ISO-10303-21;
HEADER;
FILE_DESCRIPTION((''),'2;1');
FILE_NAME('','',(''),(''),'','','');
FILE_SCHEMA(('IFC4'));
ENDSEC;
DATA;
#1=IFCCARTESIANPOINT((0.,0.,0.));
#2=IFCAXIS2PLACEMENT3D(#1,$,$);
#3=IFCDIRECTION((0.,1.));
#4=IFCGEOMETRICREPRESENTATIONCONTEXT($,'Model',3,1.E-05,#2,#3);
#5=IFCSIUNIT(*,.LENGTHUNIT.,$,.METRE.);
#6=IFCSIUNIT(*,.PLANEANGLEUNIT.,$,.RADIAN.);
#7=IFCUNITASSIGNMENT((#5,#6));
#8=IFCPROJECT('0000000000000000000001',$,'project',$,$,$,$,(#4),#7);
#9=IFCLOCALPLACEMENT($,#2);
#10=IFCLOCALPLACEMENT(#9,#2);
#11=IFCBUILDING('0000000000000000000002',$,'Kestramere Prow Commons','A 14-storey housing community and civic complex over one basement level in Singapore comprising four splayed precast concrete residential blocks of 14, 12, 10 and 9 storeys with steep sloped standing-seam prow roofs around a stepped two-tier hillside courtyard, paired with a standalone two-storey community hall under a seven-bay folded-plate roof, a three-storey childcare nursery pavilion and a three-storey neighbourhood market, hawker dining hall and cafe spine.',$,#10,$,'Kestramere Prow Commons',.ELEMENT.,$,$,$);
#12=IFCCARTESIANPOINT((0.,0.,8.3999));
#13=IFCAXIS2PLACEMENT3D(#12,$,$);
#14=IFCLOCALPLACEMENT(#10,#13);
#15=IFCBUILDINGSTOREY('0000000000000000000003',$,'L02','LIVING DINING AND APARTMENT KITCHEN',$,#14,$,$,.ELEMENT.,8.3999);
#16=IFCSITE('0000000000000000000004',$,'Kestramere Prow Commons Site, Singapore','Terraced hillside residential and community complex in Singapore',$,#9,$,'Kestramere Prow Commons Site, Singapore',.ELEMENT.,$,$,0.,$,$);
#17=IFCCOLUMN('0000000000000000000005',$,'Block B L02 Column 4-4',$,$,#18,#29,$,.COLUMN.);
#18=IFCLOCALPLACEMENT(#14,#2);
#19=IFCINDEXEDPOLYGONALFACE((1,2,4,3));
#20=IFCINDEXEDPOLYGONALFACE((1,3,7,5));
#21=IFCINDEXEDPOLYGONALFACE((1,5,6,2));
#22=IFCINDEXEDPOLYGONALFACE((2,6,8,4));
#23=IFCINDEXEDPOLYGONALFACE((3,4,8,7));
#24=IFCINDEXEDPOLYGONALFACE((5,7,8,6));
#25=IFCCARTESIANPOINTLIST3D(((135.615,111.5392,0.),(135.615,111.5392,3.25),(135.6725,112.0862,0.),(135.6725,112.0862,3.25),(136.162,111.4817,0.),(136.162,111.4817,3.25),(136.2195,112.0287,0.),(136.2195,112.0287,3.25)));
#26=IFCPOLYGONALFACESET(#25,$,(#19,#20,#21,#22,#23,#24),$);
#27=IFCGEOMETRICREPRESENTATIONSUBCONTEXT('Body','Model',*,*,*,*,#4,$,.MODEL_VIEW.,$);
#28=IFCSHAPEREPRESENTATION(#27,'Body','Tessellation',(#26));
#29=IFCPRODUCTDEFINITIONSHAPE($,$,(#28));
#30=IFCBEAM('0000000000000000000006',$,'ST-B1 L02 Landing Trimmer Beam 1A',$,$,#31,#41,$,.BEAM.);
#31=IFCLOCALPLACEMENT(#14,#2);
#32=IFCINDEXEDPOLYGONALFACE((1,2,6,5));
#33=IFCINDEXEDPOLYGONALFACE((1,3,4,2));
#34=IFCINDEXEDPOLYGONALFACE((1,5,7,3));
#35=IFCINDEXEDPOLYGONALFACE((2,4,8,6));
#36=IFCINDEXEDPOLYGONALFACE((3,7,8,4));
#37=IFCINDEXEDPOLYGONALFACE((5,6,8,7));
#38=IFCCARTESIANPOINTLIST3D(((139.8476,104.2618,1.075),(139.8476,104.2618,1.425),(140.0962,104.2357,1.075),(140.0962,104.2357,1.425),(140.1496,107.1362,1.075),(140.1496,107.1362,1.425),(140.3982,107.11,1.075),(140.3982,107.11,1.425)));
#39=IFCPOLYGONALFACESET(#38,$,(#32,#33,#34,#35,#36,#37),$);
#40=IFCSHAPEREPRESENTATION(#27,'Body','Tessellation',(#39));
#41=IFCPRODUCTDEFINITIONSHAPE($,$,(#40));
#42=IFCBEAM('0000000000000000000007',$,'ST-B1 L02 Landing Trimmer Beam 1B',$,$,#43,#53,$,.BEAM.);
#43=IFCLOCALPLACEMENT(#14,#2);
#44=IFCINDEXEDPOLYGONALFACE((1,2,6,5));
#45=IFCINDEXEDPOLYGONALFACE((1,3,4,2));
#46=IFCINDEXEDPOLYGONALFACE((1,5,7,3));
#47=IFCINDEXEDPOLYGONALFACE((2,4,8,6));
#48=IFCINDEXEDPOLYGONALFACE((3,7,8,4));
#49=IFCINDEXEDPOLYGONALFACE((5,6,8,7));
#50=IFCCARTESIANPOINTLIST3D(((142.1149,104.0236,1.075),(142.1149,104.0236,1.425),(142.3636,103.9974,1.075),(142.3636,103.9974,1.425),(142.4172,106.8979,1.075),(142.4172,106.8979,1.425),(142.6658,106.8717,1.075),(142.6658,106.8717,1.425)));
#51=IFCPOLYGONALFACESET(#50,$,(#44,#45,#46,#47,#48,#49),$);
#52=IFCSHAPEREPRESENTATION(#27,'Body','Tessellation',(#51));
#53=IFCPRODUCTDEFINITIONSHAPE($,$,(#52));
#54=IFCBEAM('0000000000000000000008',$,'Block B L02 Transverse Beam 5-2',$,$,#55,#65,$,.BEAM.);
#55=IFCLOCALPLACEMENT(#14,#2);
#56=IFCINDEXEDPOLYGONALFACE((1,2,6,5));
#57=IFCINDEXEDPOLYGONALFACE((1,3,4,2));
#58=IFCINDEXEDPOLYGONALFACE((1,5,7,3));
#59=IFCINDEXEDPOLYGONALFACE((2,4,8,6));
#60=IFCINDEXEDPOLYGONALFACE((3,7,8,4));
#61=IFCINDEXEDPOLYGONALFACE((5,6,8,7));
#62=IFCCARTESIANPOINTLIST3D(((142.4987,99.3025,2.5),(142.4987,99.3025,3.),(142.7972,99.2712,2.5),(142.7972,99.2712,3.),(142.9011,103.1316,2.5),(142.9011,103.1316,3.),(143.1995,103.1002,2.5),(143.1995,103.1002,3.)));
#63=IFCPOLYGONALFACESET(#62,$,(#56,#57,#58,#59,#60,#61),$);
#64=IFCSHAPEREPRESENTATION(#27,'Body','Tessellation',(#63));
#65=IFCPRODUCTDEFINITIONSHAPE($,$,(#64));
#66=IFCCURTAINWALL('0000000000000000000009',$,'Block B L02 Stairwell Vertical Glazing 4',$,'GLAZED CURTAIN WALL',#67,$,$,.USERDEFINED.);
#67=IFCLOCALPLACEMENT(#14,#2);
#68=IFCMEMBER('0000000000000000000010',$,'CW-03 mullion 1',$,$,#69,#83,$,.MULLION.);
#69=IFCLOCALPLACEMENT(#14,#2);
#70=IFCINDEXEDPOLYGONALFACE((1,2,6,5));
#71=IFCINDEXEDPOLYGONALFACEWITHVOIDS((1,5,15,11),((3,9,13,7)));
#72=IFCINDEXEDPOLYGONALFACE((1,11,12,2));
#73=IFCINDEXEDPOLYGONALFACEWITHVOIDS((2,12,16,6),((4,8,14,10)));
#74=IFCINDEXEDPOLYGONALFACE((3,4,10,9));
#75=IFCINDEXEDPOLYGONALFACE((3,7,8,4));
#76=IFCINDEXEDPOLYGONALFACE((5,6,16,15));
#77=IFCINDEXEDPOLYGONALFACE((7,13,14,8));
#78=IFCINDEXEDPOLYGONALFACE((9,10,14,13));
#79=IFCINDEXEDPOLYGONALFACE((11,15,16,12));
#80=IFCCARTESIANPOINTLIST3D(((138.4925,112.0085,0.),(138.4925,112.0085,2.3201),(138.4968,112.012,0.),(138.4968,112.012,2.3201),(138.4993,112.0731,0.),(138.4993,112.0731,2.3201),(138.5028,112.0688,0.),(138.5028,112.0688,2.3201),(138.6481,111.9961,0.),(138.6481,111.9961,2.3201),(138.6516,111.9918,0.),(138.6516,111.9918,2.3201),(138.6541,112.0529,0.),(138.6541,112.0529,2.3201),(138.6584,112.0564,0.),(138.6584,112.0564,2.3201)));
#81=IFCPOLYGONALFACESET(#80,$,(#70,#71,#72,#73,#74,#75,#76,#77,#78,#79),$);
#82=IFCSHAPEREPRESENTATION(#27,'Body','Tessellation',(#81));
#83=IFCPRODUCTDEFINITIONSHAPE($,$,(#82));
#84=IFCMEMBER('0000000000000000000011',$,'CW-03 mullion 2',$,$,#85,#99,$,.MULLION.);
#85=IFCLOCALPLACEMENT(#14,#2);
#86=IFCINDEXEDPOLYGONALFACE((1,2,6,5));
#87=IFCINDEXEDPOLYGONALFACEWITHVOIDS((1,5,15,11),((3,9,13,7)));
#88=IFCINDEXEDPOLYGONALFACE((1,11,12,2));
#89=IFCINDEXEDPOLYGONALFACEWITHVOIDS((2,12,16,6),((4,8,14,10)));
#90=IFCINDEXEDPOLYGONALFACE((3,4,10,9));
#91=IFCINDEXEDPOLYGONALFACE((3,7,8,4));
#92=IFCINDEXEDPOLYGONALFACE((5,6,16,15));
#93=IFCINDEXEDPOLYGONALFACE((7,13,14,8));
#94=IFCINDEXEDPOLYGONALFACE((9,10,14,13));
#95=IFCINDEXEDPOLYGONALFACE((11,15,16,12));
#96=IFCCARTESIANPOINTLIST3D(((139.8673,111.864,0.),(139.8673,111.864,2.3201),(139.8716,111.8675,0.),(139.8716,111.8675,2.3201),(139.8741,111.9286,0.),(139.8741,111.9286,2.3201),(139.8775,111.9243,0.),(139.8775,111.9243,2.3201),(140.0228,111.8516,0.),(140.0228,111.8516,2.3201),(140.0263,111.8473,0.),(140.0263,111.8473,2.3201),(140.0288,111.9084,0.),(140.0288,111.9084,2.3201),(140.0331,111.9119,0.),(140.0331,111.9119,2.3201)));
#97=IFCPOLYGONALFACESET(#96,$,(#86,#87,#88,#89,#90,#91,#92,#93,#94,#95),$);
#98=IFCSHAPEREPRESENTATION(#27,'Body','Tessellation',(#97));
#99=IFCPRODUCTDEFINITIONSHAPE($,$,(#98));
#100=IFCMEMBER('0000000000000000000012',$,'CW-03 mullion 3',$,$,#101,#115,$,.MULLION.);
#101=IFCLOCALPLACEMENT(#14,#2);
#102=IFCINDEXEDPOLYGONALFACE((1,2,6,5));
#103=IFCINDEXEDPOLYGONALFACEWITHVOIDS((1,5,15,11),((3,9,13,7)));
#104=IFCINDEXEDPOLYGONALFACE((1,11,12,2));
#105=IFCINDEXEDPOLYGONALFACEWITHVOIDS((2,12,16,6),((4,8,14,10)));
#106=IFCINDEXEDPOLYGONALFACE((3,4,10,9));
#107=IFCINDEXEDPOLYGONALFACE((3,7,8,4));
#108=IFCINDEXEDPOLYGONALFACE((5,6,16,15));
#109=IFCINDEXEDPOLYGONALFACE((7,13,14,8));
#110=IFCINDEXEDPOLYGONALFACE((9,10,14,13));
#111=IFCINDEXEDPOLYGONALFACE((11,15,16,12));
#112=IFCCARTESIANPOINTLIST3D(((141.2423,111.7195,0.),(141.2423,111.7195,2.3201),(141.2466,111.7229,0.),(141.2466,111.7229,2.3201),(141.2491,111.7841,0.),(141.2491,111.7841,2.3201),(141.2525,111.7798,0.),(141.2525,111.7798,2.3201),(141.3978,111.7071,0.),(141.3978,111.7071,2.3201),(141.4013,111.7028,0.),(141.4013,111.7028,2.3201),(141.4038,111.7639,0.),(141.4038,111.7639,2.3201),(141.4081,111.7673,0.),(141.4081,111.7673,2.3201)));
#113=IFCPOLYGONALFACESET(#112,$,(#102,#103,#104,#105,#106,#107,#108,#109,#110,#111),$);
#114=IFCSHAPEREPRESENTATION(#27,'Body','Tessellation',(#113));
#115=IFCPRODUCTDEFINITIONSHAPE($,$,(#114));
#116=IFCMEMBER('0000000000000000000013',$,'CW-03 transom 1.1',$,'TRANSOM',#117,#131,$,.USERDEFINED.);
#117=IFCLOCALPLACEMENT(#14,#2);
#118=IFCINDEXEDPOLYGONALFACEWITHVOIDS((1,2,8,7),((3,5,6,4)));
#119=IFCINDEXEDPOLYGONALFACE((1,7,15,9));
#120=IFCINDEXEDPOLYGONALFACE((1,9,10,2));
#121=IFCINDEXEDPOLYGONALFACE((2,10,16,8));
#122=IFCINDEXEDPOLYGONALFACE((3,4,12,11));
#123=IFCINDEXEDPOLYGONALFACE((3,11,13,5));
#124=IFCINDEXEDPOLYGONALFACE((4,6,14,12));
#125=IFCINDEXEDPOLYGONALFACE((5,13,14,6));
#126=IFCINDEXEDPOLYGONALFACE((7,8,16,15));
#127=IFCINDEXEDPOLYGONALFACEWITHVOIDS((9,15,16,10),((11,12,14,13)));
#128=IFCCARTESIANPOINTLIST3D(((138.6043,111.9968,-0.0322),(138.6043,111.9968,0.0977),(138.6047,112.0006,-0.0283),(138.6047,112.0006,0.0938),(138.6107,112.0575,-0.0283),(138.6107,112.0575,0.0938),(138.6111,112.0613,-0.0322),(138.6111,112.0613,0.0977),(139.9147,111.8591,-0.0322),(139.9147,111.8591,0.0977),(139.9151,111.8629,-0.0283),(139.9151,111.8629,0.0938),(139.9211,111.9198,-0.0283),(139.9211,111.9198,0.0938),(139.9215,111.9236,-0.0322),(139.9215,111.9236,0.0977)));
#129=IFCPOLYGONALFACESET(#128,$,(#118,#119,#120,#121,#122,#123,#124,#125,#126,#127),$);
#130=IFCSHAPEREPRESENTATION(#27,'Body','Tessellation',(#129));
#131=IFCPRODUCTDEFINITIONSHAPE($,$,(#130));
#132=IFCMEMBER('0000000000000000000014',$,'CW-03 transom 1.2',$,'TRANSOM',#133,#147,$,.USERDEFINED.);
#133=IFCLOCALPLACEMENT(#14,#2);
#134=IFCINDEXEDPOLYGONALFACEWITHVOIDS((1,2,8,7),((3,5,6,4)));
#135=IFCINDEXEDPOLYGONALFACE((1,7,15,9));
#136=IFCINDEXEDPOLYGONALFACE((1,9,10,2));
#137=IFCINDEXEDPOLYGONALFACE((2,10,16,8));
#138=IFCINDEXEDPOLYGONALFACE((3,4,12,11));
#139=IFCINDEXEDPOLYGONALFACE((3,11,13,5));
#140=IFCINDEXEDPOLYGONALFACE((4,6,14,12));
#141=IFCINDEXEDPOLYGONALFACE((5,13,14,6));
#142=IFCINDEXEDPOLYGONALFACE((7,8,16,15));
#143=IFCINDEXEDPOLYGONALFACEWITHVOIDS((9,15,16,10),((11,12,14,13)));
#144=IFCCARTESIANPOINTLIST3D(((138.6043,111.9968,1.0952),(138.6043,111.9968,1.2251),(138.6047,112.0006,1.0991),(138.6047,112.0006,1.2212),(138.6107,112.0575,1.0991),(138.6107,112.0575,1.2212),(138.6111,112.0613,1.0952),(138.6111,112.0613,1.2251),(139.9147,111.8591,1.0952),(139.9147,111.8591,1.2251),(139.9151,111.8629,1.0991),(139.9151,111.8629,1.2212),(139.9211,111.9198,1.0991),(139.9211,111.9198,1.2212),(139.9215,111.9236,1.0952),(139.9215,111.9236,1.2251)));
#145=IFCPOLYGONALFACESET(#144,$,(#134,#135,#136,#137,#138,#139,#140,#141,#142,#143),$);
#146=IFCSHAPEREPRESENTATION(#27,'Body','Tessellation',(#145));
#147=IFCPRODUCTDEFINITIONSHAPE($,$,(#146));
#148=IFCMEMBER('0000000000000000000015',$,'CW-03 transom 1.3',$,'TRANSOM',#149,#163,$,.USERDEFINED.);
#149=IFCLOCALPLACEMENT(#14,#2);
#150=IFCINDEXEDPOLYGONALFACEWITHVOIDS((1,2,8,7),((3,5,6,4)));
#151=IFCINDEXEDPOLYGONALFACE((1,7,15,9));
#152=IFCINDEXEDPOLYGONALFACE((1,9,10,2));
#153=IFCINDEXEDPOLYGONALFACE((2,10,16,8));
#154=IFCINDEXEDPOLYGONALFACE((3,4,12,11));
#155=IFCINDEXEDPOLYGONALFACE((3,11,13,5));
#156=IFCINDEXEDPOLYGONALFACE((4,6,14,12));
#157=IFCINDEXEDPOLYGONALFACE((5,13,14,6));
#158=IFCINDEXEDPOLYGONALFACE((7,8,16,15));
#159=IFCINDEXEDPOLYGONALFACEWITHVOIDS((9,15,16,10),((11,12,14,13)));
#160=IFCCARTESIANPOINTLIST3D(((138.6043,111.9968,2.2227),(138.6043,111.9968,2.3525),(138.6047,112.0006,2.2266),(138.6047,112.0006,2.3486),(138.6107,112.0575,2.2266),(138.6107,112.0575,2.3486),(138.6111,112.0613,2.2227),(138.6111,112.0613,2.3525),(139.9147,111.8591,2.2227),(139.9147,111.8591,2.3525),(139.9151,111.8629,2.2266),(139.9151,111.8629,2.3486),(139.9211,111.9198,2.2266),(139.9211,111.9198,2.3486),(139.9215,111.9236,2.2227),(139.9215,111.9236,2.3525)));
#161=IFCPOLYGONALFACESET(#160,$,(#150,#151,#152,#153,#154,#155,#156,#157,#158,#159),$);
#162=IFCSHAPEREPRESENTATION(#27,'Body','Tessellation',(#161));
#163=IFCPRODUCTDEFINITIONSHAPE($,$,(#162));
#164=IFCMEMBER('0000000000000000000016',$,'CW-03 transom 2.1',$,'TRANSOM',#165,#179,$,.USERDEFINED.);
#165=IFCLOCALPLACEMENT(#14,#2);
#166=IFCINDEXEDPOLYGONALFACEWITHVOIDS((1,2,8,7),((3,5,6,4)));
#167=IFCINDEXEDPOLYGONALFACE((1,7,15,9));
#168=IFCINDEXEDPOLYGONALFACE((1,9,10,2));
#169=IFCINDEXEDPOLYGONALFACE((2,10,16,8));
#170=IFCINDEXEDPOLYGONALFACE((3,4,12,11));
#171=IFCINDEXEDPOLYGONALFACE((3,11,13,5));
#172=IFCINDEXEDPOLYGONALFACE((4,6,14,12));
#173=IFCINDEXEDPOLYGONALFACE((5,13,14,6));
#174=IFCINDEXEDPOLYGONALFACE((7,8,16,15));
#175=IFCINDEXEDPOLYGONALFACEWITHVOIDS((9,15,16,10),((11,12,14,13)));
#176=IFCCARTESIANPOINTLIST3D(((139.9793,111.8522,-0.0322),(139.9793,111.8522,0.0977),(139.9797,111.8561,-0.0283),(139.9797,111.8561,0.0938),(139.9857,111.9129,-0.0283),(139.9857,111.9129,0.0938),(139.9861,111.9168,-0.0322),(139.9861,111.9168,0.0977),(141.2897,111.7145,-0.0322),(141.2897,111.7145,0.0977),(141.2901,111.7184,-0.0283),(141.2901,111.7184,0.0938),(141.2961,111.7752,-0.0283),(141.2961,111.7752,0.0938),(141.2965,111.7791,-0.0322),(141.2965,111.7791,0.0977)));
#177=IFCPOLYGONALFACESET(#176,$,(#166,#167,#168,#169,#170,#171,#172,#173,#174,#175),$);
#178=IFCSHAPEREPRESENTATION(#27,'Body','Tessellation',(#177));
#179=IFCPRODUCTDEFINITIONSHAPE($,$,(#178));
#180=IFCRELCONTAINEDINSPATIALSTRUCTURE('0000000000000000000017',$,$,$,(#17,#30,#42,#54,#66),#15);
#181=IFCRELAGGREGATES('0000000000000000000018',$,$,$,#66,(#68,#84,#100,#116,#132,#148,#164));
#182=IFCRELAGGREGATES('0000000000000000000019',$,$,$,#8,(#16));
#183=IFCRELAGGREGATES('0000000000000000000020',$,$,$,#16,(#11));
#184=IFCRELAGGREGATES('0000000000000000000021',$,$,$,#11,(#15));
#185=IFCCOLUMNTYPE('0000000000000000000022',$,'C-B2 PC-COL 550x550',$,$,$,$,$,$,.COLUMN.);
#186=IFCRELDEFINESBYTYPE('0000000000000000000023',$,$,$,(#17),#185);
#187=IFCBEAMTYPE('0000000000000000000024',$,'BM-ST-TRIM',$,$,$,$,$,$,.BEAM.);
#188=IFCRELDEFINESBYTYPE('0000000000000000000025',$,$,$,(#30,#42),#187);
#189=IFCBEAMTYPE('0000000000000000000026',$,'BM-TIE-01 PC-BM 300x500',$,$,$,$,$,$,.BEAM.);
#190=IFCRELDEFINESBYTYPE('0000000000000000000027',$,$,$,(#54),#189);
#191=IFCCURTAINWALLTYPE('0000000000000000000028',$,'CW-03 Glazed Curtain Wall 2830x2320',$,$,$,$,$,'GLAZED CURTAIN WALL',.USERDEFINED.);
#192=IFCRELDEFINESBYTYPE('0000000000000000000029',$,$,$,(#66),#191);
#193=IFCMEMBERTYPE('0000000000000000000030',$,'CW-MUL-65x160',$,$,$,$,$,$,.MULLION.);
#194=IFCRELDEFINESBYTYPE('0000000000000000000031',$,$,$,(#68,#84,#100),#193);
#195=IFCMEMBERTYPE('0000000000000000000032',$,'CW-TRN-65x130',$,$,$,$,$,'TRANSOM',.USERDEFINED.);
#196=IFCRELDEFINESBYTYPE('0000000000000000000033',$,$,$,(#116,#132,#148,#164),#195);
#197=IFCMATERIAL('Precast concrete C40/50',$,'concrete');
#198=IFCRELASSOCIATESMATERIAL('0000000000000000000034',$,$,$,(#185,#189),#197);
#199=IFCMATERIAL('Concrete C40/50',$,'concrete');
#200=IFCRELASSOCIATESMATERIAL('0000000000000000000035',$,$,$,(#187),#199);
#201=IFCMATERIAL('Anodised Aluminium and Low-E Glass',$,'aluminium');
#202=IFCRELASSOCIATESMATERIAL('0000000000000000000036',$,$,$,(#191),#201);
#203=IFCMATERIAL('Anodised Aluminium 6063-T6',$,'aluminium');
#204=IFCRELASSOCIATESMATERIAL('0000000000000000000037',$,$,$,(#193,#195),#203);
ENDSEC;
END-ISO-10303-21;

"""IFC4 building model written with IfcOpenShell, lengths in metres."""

from ifc_helpers import new_model, si_unit, direction, frame, origin, origin_2d, place, context, subcontext, project, spatial, rectangle, hollow_rectangle, extrude, material, material_profile, profile_set, type_object, element, aggregate, save


model = new_model("IFC4")

# Units and contexts
model_context = context("Model", 3, precision=1e-05, world=origin(), true_north=direction((0.0, 1.0)))
body_context = subcontext(model_context, "Body", "Model", "MODEL_VIEW")
ifc_project = project(units=[si_unit("LENGTHUNIT", "METRE"), si_unit("PLANEANGLEUNIT", "RADIAN")], contexts=[model_context])

# Site, building, storey
site_placement = place(None, origin())
site = spatial("IfcSite", under=ifc_project, at=site_placement, Name="Kestramere Prow Commons Site, Singapore", Description="Terraced hillside residential and community complex in Singapore", LongName="Kestramere Prow Commons Site, Singapore", CompositionType="ELEMENT", RefElevation=0.0)
building_placement = place(site_placement, origin())
building = spatial("IfcBuilding", under=site, at=building_placement, Name="Kestramere Prow Commons", Description="A 14-storey housing community and civic complex over one basement level in Singapore comprising four splayed precast concrete residential blocks of 14, 12, 10 and 9 storeys with steep sloped standing-seam prow roofs around a stepped two-tier hillside courtyard, paired with a standalone two-storey community hall under a seven-bay folded-plate roof, a three-storey childcare nursery pavilion and a three-storey neighbourhood market, hawker dining hall and cafe spine.", LongName="Kestramere Prow Commons", CompositionType="ELEMENT")
storey_placement = place(building_placement, frame((0.0, 0.0, 8.3999)))
storey = spatial("IfcBuildingStorey", under=building, at=storey_placement, Name="L02", Description="LIVING DINING AND APARTMENT KITCHEN", CompositionType="ELEMENT", Elevation=8.3999)

# Column
ifc_material_1 = material(Name="Precast concrete C40/50", Category="concrete")
ifc_material_profile_1 = material_profile(ifc_material_1, rectangle(XDim=0.55, YDim=0.55, at=origin_2d()), Name="PC-COL 550x550")
ifc_profile_set_1 = profile_set([ifc_material_profile_1], Name="Precast concrete C40/50")
column_type = type_object("IfcColumnType", Name="C-B2 PC-COL 550x550", PredefinedType="COLUMN", material=ifc_profile_set_1)
column_placement = place(storey_placement, frame((135.9172, 111.7839, 0.0), z_axis=(0.0, 0.0, 1.0), x_axis=(0.994522, -0.104528, 0.0)))
element("IfcColumn", 1, at=column_placement, inside=storey, type_object=column_type, Name="Block B L02 Column 4-4", PredefinedType="COLUMN", context=body_context, shape_type="SweptSolid", body=[
    extrude(rectangle(XDim=0.55, YDim=0.55, at=origin_2d()), origin(), (0.0, 0.0, 1.0), 3.25),
])

# Beams
ifc_material_2 = material(Name="Concrete C40/50", Category="concrete")
ifc_material_profile_2 = material_profile(ifc_material_2, rectangle(XDim=0.25, YDim=0.3501, at=origin_2d()), Name="PC-BM 250x350")
ifc_profile_set_2 = profile_set([ifc_material_profile_2], Name="Concrete C40/50")
beam_type_1 = type_object("IfcBeamType", Name="BM-ST-TRIM", PredefinedType="BEAM", material=ifc_profile_set_2)
for number, where, z_axis, x_axis, name in (
    (2, (139.9719, 104.2488, 1.25), (0.104496, 0.994525, 0.0), (-0.994525, 0.104496, 0.0), "ST-B1 L02 Landing Trimmer Beam 1A"),
    (3, (142.2393, 104.0105, 1.25), (0.104579, 0.994517, 0.0), (-0.994517, 0.104579, 0.0), "ST-B1 L02 Landing Trimmer Beam 1B"),
):
    element("IfcBeam", number, at=place(storey_placement, frame(where, z_axis=z_axis, x_axis=x_axis)), inside=storey, type_object=beam_type_1, Name=name, PredefinedType="BEAM", context=body_context, shape_type="SweptSolid", body=[
        extrude(rectangle(XDim=0.25, YDim=0.3501, at=origin_2d()), origin(), (0.0, 0.0, 1.0), 2.8901),
    ])
ifc_material_profile_3 = material_profile(ifc_material_1, rectangle(XDim=0.3, YDim=0.5, at=origin_2d()), Name="PC-BM 300x500")
ifc_profile_set_3 = profile_set([ifc_material_profile_3], Name="Precast concrete C40/50")
beam_type_2 = type_object("IfcBeamType", Name="BM-TIE-01 PC-BM 300x500", PredefinedType="BEAM", material=ifc_profile_set_3)
beam_1_placement = place(storey_placement, frame((142.6479, 99.2869, 2.75), z_axis=(0.1045, 0.994525, 0.0), x_axis=(-0.994525, 0.1045, 0.0)))
element("IfcBeam", 4, at=beam_1_placement, inside=storey, type_object=beam_type_2, Name="Block B L02 Transverse Beam 5-2", PredefinedType="BEAM", context=body_context, shape_type="SweptSolid", body=[
    extrude(rectangle(XDim=0.3, YDim=0.5, at=origin_2d()), origin(), (0.0, 0.0, 1.0), 3.8501),
])

# Curtain wall, members
ifc_material_3 = material(Name="Anodised Aluminium and Low-E Glass", Category="aluminium")
curtain_wall_type = type_object("IfcCurtainWallType", Name="CW-03 Glazed Curtain Wall 2830x2320", ElementType="GLAZED CURTAIN WALL", PredefinedType="USERDEFINED", material=ifc_material_3)
curtain_wall_placement = place(storey_placement, origin())
curtain_wall = element("IfcCurtainWall", 5, at=curtain_wall_placement, inside=storey, type_object=curtain_wall_type, Name="Block B L02 Stairwell Vertical Glazing 4", ObjectType="GLAZED CURTAIN WALL", PredefinedType="USERDEFINED")
ifc_material_4 = material(Name="Anodised Aluminium 6063-T6", Category="aluminium")
ifc_material_profile_4 = material_profile(ifc_material_4, hollow_rectangle(XDim=0.0649, YDim=0.1599, WallThickness=0.0039, at=origin_2d()), Name="ALU-MUL 65x160")
ifc_profile_set_4 = profile_set([ifc_material_profile_4], Name="Anodised Aluminium 6063-T6")
member_type_1 = type_object("IfcMemberType", Name="CW-MUL-65x160", PredefinedType="MULLION", material=ifc_profile_set_4)
member_1_placement = place(storey_placement, frame((138.5754, 112.0325, 0.0), z_axis=(0.0, 0.0, 1.0), x_axis=(0.104529, 0.994522, 0.0)))
member_1 = element("IfcMember", 6, at=member_1_placement, type_object=member_type_1, Name="CW-03 mullion 1", PredefinedType="MULLION", context=body_context, shape_type="SweptSolid", body=[
    extrude(hollow_rectangle(XDim=0.0649, YDim=0.1599, WallThickness=0.0039, at=origin_2d()), origin(), (0.0, 0.0, 1.0), 2.3201),
])
member_2_placement = place(storey_placement, frame((139.9502, 111.8879, 0.0), z_axis=(0.0, 0.0, 1.0), x_axis=(0.104529, 0.994522, 0.0)))
member_2 = element("IfcMember", 7, at=member_2_placement, type_object=member_type_1, Name="CW-03 mullion 2", PredefinedType="MULLION", context=body_context, shape_type="SweptSolid", body=[
    extrude(hollow_rectangle(XDim=0.0649, YDim=0.1599, WallThickness=0.0039, at=origin_2d()), origin(), (0.0, 0.0, 1.0), 2.3201),
])
member_3_placement = place(storey_placement, frame((141.3252, 111.7434, 0.0), z_axis=(0.0, 0.0, 1.0), x_axis=(0.104529, 0.994522, 0.0)))
member_3 = element("IfcMember", 8, at=member_3_placement, type_object=member_type_1, Name="CW-03 mullion 3", PredefinedType="MULLION", context=body_context, shape_type="SweptSolid", body=[
    extrude(hollow_rectangle(XDim=0.0649, YDim=0.1599, WallThickness=0.0039, at=origin_2d()), origin(), (0.0, 0.0, 1.0), 2.3201),
])
ifc_material_profile_5 = material_profile(ifc_material_4, hollow_rectangle(XDim=0.0649, YDim=0.1299, WallThickness=0.0039, at=origin_2d()), Name="ALU-TRN 65x130")
ifc_profile_set_5 = profile_set([ifc_material_profile_5], Name="Anodised Aluminium 6063-T6")
member_type_2 = type_object("IfcMemberType", Name="CW-TRN-65x130", ElementType="TRANSOM", PredefinedType="USERDEFINED", material=ifc_profile_set_5)
member_4_placement = place(storey_placement, frame((138.6077, 112.0291, 0.0327), z_axis=(0.994524, -0.104511, 0.0), x_axis=(0.104511, 0.994524, 0.0)))
member_4 = element("IfcMember", 9, at=member_4_placement, type_object=member_type_2, Name="CW-03 transom 1.1", ObjectType="TRANSOM", PredefinedType="USERDEFINED", context=body_context, shape_type="SweptSolid", body=[
    extrude(hollow_rectangle(XDim=0.0649, YDim=0.1299, WallThickness=0.0039, at=origin_2d()), origin(), (0.0, 0.0, 1.0), 1.3176),
])
member_5_placement = place(storey_placement, frame((138.6077, 112.0291, 1.1602), z_axis=(0.994524, -0.104511, 0.0), x_axis=(0.104511, 0.994524, 0.0)))
member_5 = element("IfcMember", 10, at=member_5_placement, type_object=member_type_2, Name="CW-03 transom 1.2", ObjectType="TRANSOM", PredefinedType="USERDEFINED", context=body_context, shape_type="SweptSolid", body=[
    extrude(hollow_rectangle(XDim=0.0649, YDim=0.1299, WallThickness=0.0039, at=origin_2d()), origin(), (0.0, 0.0, 1.0), 1.3176),
])
member_6_placement = place(storey_placement, frame((138.6077, 112.0291, 2.2876), z_axis=(0.994524, -0.104511, 0.0), x_axis=(0.104511, 0.994524, 0.0)))
member_6 = element("IfcMember", 11, at=member_6_placement, type_object=member_type_2, Name="CW-03 transom 1.3", ObjectType="TRANSOM", PredefinedType="USERDEFINED", context=body_context, shape_type="SweptSolid", body=[
    extrude(hollow_rectangle(XDim=0.0649, YDim=0.1299, WallThickness=0.0039, at=origin_2d()), origin(), (0.0, 0.0, 1.0), 1.3176),
])
member_7_placement = place(storey_placement, frame((139.9827, 111.8845, 0.0327), z_axis=(0.994524, -0.104511, 0.0), x_axis=(0.104511, 0.994524, 0.0)))
member_7 = element("IfcMember", 12, at=member_7_placement, type_object=member_type_2, Name="CW-03 transom 2.1", ObjectType="TRANSOM", PredefinedType="USERDEFINED", context=body_context, shape_type="SweptSolid", body=[
    extrude(hollow_rectangle(XDim=0.0649, YDim=0.1299, WallThickness=0.0039, at=origin_2d()), origin(), (0.0, 0.0, 1.0), 1.3176),
])

aggregate(curtain_wall, [member_1, member_2, member_3, member_4, member_5, member_6, member_7])

save(model, "model.ifc")
